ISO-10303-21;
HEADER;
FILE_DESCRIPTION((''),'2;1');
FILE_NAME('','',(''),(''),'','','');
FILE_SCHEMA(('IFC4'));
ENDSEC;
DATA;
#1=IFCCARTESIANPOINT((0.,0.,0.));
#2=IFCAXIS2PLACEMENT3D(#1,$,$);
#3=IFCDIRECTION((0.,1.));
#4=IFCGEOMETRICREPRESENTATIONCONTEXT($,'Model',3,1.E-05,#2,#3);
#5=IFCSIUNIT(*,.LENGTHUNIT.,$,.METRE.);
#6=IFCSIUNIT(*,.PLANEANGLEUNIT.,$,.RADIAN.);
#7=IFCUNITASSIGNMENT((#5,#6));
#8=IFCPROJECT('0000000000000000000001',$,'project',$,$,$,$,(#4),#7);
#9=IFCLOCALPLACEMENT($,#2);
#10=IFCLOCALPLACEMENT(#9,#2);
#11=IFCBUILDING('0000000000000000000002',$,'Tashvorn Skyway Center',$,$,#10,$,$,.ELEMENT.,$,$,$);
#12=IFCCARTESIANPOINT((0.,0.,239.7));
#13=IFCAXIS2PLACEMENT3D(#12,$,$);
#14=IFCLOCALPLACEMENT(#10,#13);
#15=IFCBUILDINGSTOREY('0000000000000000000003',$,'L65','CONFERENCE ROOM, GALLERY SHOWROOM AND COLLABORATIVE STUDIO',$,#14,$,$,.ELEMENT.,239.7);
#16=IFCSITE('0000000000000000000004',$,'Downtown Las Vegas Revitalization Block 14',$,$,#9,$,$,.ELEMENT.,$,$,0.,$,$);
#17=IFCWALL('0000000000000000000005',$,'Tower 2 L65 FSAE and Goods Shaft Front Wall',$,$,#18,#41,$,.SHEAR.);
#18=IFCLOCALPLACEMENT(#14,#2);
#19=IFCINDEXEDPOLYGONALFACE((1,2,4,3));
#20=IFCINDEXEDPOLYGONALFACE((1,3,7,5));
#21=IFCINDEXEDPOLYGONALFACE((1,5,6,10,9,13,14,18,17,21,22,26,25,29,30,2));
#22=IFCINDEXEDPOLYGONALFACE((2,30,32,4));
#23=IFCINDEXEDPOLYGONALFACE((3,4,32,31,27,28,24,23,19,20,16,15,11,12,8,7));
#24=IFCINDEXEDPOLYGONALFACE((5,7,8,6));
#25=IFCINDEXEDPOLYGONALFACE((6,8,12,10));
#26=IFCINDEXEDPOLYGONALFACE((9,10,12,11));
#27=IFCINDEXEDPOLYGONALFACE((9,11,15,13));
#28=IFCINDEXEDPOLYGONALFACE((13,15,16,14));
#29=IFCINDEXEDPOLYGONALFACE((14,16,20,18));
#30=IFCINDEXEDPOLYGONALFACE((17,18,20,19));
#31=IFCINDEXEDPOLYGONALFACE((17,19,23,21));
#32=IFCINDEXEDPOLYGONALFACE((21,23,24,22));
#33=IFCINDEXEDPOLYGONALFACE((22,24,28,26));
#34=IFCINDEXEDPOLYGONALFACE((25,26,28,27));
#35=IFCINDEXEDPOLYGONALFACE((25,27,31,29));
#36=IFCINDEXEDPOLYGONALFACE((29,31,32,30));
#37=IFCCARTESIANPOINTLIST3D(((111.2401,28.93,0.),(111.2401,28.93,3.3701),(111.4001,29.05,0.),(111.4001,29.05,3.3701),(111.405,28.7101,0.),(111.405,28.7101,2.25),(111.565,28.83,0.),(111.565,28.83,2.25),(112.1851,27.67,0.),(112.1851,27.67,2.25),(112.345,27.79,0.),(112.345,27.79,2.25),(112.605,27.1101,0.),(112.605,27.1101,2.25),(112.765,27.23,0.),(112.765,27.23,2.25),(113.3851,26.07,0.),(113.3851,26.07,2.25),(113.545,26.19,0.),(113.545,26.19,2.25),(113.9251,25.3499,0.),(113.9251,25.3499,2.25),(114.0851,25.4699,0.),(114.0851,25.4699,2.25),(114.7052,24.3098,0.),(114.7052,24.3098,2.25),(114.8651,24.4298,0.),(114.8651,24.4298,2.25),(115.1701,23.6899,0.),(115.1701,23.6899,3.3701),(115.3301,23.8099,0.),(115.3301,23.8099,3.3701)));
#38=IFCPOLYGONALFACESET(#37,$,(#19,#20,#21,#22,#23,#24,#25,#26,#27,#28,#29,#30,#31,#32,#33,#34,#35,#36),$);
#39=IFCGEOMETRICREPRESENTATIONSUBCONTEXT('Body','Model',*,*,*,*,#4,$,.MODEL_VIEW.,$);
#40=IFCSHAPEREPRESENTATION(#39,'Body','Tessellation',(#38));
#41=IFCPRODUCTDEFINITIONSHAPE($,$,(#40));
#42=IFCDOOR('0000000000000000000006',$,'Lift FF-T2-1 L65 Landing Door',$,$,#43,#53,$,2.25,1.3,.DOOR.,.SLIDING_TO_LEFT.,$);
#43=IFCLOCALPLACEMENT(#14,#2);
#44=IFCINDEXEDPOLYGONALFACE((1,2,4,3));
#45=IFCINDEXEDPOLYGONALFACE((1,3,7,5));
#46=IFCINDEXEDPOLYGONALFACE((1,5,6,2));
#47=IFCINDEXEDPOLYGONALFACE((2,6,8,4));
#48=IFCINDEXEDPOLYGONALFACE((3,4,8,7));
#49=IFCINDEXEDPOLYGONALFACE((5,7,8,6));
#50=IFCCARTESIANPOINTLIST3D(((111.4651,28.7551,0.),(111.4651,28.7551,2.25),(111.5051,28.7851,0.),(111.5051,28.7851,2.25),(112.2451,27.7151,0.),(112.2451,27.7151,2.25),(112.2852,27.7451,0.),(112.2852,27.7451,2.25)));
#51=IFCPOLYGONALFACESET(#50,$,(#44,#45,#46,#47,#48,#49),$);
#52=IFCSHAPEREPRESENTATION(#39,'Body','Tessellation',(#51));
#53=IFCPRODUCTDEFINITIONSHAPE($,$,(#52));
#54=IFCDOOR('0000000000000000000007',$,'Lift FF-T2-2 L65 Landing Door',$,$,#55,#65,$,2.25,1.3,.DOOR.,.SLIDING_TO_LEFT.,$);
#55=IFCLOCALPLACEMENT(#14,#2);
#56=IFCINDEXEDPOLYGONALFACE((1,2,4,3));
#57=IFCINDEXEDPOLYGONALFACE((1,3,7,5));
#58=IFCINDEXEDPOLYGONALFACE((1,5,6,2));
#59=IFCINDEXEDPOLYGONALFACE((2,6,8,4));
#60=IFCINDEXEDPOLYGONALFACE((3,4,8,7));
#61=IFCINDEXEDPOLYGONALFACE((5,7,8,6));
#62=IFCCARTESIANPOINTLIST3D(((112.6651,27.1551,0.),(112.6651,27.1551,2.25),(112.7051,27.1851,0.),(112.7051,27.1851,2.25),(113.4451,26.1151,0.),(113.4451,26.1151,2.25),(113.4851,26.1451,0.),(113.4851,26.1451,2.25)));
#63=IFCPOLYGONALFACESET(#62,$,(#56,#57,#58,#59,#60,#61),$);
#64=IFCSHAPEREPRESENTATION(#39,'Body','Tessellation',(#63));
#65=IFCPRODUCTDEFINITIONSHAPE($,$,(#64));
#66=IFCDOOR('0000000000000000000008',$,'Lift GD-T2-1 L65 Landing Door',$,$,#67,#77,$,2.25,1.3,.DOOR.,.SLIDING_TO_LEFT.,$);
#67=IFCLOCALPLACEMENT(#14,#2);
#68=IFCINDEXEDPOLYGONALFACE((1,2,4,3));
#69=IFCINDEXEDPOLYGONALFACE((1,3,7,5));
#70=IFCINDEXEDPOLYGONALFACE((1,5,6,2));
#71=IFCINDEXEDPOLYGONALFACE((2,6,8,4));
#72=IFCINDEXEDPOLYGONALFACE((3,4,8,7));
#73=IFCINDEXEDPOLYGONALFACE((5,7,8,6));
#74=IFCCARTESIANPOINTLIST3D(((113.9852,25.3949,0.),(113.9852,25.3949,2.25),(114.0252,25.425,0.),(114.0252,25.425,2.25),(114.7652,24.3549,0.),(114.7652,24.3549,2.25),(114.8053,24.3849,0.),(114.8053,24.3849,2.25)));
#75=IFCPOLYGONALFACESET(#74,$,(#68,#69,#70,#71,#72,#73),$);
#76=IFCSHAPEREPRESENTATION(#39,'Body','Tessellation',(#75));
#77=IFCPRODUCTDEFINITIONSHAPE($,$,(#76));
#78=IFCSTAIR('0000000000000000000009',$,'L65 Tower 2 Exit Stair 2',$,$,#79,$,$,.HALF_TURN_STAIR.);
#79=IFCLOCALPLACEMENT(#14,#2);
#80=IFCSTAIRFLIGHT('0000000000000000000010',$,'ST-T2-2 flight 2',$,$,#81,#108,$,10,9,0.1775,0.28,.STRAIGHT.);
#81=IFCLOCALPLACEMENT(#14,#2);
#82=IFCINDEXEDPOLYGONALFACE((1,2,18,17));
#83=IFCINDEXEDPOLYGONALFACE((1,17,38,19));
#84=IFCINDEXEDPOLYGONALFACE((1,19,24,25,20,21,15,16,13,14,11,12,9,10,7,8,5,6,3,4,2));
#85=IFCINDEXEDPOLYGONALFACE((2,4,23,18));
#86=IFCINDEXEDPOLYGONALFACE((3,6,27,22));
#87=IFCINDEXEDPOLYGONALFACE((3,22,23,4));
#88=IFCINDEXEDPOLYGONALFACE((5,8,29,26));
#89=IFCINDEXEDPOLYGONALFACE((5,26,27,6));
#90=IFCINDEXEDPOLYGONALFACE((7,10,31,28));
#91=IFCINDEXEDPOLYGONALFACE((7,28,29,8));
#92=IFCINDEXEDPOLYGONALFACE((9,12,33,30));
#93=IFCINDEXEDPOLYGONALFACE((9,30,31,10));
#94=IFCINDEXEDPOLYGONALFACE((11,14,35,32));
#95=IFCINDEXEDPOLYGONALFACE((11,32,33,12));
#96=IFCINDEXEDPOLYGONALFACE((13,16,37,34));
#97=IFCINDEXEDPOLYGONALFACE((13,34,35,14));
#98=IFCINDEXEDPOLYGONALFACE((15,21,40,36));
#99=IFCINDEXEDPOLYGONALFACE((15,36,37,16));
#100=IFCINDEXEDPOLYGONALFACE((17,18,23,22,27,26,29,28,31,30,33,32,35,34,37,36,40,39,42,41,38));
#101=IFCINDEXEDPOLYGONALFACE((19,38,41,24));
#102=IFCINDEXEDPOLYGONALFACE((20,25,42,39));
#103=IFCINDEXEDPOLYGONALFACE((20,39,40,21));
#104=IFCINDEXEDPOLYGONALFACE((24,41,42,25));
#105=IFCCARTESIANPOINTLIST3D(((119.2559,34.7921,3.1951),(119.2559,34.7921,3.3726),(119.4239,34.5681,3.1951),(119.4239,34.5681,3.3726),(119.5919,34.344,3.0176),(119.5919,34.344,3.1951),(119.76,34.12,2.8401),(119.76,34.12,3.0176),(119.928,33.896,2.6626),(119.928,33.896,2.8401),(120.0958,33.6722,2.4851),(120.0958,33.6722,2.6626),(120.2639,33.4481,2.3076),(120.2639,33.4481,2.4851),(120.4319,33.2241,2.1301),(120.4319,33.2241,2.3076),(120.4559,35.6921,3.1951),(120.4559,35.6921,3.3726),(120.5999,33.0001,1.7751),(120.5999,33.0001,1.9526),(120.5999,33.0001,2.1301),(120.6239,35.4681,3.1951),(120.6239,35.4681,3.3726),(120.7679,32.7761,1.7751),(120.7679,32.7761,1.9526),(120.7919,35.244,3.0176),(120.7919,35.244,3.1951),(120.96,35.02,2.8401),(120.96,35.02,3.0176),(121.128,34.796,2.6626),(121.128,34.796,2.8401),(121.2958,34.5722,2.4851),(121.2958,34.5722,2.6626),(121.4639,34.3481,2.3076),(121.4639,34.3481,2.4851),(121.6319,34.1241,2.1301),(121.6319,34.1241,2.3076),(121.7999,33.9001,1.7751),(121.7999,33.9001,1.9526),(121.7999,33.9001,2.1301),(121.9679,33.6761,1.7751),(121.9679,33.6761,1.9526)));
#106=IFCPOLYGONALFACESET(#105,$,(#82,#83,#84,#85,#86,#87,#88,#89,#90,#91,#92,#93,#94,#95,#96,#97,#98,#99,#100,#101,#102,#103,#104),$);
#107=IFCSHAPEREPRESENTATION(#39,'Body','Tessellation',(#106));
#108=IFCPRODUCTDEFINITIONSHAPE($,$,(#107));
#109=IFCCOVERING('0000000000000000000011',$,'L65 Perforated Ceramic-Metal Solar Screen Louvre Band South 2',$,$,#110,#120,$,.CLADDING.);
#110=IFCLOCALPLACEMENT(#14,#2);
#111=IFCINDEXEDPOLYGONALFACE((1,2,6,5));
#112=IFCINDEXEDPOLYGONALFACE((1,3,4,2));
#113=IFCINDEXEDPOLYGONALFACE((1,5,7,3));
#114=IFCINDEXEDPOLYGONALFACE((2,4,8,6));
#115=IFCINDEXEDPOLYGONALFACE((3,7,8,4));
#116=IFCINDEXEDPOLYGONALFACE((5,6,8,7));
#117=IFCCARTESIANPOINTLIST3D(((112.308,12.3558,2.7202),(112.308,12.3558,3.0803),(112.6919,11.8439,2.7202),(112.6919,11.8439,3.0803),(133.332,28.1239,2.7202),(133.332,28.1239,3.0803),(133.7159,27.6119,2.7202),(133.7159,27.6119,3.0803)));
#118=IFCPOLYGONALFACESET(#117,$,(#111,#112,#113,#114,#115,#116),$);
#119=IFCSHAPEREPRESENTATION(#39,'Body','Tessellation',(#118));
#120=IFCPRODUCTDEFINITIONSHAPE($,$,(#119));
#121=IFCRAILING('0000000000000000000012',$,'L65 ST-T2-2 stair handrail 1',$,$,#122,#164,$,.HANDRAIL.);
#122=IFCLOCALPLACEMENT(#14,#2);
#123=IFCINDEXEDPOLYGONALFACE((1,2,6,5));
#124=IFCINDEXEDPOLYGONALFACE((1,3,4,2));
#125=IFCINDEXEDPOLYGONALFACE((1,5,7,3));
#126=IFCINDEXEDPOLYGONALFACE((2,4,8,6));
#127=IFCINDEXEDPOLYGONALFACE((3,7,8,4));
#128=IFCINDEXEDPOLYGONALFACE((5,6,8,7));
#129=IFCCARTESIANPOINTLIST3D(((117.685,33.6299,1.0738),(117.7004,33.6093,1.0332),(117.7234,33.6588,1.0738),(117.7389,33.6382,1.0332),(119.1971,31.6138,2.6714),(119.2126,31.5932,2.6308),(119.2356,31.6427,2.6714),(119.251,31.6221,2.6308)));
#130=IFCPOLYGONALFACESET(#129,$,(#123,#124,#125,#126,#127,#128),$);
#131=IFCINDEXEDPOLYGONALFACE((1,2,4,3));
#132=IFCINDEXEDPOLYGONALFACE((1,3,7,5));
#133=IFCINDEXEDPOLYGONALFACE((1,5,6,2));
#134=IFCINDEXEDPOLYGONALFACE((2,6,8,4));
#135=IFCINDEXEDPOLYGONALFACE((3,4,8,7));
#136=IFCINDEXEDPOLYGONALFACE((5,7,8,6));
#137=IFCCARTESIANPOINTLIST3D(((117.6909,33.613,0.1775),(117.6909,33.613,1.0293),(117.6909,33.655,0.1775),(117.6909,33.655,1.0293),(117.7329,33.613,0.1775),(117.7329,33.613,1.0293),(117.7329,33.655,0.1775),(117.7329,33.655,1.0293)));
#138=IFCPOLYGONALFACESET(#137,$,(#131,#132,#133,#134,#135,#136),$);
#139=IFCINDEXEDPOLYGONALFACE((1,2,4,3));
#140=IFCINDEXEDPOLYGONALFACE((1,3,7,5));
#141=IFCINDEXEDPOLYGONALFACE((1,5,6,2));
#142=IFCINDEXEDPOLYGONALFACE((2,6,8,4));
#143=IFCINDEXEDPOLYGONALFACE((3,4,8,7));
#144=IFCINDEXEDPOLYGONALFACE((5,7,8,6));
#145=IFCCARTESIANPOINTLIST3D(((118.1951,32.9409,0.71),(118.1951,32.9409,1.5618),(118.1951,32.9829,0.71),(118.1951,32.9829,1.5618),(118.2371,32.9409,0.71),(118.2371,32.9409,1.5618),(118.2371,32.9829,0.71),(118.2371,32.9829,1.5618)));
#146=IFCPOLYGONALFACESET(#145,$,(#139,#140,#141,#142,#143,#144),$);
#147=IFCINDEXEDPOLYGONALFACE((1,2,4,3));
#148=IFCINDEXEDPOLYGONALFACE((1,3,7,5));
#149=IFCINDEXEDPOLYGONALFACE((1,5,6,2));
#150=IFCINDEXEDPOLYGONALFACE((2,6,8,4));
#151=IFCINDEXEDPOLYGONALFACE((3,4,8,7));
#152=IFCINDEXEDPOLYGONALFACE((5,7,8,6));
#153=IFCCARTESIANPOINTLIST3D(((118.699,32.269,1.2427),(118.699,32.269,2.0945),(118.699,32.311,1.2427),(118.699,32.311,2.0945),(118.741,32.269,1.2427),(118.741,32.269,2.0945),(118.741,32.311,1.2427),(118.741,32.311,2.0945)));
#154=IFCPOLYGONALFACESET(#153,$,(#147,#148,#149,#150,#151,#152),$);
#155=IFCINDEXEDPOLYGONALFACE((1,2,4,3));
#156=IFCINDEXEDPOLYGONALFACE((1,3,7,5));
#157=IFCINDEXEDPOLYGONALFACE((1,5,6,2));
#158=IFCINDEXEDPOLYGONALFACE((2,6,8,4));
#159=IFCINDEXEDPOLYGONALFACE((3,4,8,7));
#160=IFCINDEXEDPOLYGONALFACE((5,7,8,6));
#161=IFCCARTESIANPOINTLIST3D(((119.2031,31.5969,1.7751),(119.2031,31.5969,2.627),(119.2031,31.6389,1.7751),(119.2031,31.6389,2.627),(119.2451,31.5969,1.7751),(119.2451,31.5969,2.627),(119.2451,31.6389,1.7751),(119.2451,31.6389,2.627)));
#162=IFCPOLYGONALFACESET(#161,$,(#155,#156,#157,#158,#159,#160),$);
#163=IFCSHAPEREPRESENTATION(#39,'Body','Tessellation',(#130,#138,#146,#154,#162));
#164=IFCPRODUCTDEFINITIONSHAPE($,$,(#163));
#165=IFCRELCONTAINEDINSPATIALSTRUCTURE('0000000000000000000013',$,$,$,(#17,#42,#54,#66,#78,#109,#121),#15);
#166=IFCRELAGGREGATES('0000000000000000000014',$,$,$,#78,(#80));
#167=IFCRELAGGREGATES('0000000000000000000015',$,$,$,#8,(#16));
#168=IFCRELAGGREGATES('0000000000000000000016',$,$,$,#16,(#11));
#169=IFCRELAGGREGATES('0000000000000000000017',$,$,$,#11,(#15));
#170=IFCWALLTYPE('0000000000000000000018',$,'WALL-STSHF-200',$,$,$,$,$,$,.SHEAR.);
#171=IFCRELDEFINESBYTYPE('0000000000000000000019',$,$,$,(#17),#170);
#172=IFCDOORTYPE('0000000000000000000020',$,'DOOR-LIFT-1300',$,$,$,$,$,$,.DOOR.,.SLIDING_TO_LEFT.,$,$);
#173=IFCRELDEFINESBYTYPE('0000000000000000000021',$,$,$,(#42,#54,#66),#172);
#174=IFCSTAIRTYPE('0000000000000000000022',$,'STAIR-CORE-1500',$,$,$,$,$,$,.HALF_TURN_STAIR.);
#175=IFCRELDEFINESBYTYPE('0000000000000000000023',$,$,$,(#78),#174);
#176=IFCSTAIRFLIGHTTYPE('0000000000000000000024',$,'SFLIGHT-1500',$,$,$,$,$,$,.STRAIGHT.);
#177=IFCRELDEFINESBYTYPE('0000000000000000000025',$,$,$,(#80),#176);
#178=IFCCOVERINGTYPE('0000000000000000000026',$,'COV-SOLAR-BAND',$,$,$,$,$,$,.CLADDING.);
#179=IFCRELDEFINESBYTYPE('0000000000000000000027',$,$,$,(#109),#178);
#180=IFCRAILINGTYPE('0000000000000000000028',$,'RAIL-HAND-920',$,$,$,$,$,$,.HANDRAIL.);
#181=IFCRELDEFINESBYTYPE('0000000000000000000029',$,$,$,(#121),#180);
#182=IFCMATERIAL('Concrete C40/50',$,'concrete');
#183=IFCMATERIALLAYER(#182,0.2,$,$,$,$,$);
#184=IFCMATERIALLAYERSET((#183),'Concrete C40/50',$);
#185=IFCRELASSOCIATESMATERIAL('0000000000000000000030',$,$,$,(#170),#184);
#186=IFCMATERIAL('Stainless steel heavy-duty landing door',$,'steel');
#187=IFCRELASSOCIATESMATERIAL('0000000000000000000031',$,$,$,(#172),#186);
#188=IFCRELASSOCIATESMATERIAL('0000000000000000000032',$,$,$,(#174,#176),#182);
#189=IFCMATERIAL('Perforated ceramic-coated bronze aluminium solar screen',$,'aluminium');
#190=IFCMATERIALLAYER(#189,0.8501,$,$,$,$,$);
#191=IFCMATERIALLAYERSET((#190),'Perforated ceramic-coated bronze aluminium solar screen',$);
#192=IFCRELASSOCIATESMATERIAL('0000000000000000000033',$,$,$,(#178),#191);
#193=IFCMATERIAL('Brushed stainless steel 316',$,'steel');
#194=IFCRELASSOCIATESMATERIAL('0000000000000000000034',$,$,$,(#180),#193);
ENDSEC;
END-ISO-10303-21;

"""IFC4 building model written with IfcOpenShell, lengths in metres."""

from ifc_helpers import new_model, si_unit, direction, frame, frame_2d, origin, origin_2d, place, context, subcontext, project, spatial, polyline, rectangle, outline, extrude, material, layer, layer_set, type_object, element, fill, aggregate, save


model = new_model("IFC4")

# Units and contexts
model_context = context("Model", 3, precision=1e-05, world=origin(), true_north=direction((0.0, 1.0)))
body_context = subcontext(model_context, "Body", "Model", "MODEL_VIEW")
ifc_project = project(units=[si_unit("LENGTHUNIT", "METRE"), si_unit("PLANEANGLEUNIT", "RADIAN")], contexts=[model_context])

# Site, building, storey
site_placement = place(None, origin())
site = spatial("IfcSite", under=ifc_project, at=site_placement, Name="Downtown Las Vegas Revitalization Block 14", CompositionType="ELEMENT", RefElevation=0.0)
building_placement = place(site_placement, origin())
building = spatial("IfcBuilding", under=site, at=building_placement, Name="Tashvorn Skyway Center", CompositionType="ELEMENT")
storey_placement = place(building_placement, frame((0.0, 0.0, 239.7)))
storey = spatial("IfcBuildingStorey", under=building, at=storey_placement, Name="L65", Description="CONFERENCE ROOM, GALLERY SHOWROOM AND COLLABORATIVE STUDIO", CompositionType="ELEMENT", Elevation=239.7)

# Shared definitions
ifc_material_1 = material(Name="Concrete C40/50", Category="concrete")

# Shared definitions
ifc_layer_1 = layer(ifc_material_1, 0.2)
ifc_layer_set_1 = layer_set([ifc_layer_1], Name="Concrete C40/50")
wall_type_1 = type_object("IfcWallType", Name="WALL-STSHF-200", PredefinedType="SHEAR", material=ifc_layer_set_1)

# Wall, openings, doors
wall_1_placement = place(storey_placement, frame((115.25, 23.75, 0.0), z_axis=(0.0, 0.0, 1.0), x_axis=(-0.599994, 0.800004, 0.0)))
wall_1 = element("IfcWall", 1, at=wall_1_placement, inside=storey, type_object=wall_type_1, Name="Tower 2 L65 FSAE and Goods Shaft Front Wall", PredefinedType="SHEAR", context=body_context, shape_type="SweptSolid", body=[
    extrude(rectangle(XDim=6.55, YDim=0.2, at=frame_2d((3.2749, 0.0))), origin(), (0.0, 0.0, 1.0), 3.3701),
])
opening_1_placement = place(wall_1_placement, frame((4.9751, 0.0, 0.0)))
opening_1 = element("IfcOpeningElement", 2, at=opening_1_placement, cuts=wall_1, PredefinedType="OPENING", context=body_context, shape_type="SweptSolid", body=[
    extrude(rectangle(XDim=1.3, YDim=2.25, at=frame_2d((0.6499, 1.125))), frame((0.0, 0.1099, 0.0), z_axis=(0.0, -1.0, 0.0), x_axis=(1.0, 0.0, 0.0)), (0.0, 0.0, 1.0), 0.22),
])
opening_2_placement = place(wall_1_placement, frame((2.9751, 0.0, 0.0)))
opening_2 = element("IfcOpeningElement", 3, at=opening_2_placement, cuts=wall_1, PredefinedType="OPENING", context=body_context, shape_type="SweptSolid", body=[
    extrude(rectangle(XDim=1.3, YDim=2.25, at=frame_2d((0.6499, 1.125))), frame((0.0, 0.1099, 0.0), z_axis=(0.0, -1.0, 0.0), x_axis=(1.0, 0.0, 0.0)), (0.0, 0.0, 1.0), 0.22),
])
opening_3_placement = place(wall_1_placement, frame((0.7749, 0.0, 0.0)))
opening_3 = element("IfcOpeningElement", 4, at=opening_3_placement, cuts=wall_1, PredefinedType="OPENING", context=body_context, shape_type="SweptSolid", body=[
    extrude(rectangle(XDim=1.3, YDim=2.25, at=frame_2d((0.6499, 1.125))), frame((0.0, 0.1099, 0.0), z_axis=(0.0, -1.0, 0.0), x_axis=(1.0, 0.0, 0.0)), (0.0, 0.0, 1.0), 0.22),
])
ifc_material_2 = material(Name="Stainless steel heavy-duty landing door", Category="steel")
door_type_1 = type_object("IfcDoorType", Name="DOOR-LIFT-1300", OperationType="SLIDING_TO_LEFT", PredefinedType="DOOR", material=ifc_material_2)
door_1_placement = place(opening_1_placement, origin())
door_1 = element("IfcDoor", 5, at=door_1_placement, inside=storey, type_object=door_type_1, Name="Lift FF-T2-1 L65 Landing Door", OperationType="SLIDING_TO_LEFT", OverallHeight=2.25, OverallWidth=1.3, PredefinedType="DOOR", context=body_context, shape_type="SweptSolid", body=[
    extrude(rectangle(XDim=1.3, YDim=2.25, at=frame_2d((0.6499, 1.125))), frame((0.0, 0.0249, 0.0), z_axis=(0.0, -1.0, 0.0), x_axis=(1.0, 0.0, 0.0)), (0.0, 0.0, 1.0), 0.05),
])
fill(opening_1, door_1)
door_2_placement = place(opening_2_placement, origin())
door_2 = element("IfcDoor", 6, at=door_2_placement, inside=storey, type_object=door_type_1, Name="Lift FF-T2-2 L65 Landing Door", OperationType="SLIDING_TO_LEFT", OverallHeight=2.25, OverallWidth=1.3, PredefinedType="DOOR", context=body_context, shape_type="SweptSolid", body=[
    extrude(rectangle(XDim=1.3, YDim=2.25, at=frame_2d((0.6499, 1.125))), frame((0.0, 0.0249, 0.0), z_axis=(0.0, -1.0, 0.0), x_axis=(1.0, 0.0, 0.0)), (0.0, 0.0, 1.0), 0.05),
])
fill(opening_2, door_2)
door_3_placement = place(opening_3_placement, origin())
door_3 = element("IfcDoor", 7, at=door_3_placement, inside=storey, type_object=door_type_1, Name="Lift GD-T2-1 L65 Landing Door", OperationType="SLIDING_TO_LEFT", OverallHeight=2.25, OverallWidth=1.3, PredefinedType="DOOR", context=body_context, shape_type="SweptSolid", body=[
    extrude(rectangle(XDim=1.3, YDim=2.25, at=frame_2d((0.6499, 1.125))), frame((0.0, 0.0249, 0.0), z_axis=(0.0, -1.0, 0.0), x_axis=(1.0, 0.0, 0.0)), (0.0, 0.0, 1.0), 0.05),
])
fill(opening_3, door_3)

# Stair, stair flight
stair_type = type_object("IfcStairType", Name="STAIR-CORE-1500", PredefinedType="HALF_TURN_STAIR", material=ifc_material_1)
stair_placement = place(storey_placement, origin())
stair = element("IfcStair", 8, at=stair_placement, inside=storey, type_object=stair_type, Name="L65 Tower 2 Exit Stair 2", PredefinedType="HALF_TURN_STAIR")
stair_flight_type = type_object("IfcStairFlightType", Name="SFLIGHT-1500", PredefinedType="STRAIGHT", material=ifc_material_1)
stair_flight_placement = place(storey_placement, frame((121.3679, 33.2261, 1.7751), z_axis=(0.0, 0.0, 1.0), x_axis=(-0.6, 0.8, 0.0)))
stair_flight = element("IfcStairFlight", 9, at=stair_flight_placement, type_object=stair_flight_type, Name="ST-T2-2 flight 2", NumberOfRisers=10, NumberOfTreads=9, PredefinedType="STRAIGHT", RiserHeight=0.1775, TreadLength=0.28, context=body_context, shape_type="SweptSolid", body=[
    extrude(outline(polyline([(0.0, 0.0), (0.0, 0.1775), (0.28, 0.1775), (0.28, 0.355), (0.5601, 0.355), (0.5601, 0.5325), (0.8401, 0.5325), (0.8401, 0.71), (1.1201, 0.71), (1.1201, 0.8875), (1.3999, 0.8875), (1.3999, 1.0649), (1.6799, 1.0649), (1.6799, 1.2424), (1.96, 1.2424), (1.96, 1.4199), (2.24, 1.4199), (2.24, 1.5974), (2.52, 1.5974), (2.52, 1.7749), (2.52, 1.4199), (0.28, 0.0), (0.0, 0.0)])), frame((0.0, 0.75, 0.0), z_axis=(0.0, -1.0, 0.0), x_axis=(1.0, 0.0, 0.0)), (0.0, 0.0, 1.0), 1.5),
])
aggregate(stair, [stair_flight])

# Covering
ifc_material_3 = material(Name="Perforated ceramic-coated bronze aluminium solar screen", Category="aluminium")
ifc_layer_2 = layer(ifc_material_3, 0.8501)
ifc_layer_set_2 = layer_set([ifc_layer_2], Name="Perforated ceramic-coated bronze aluminium solar screen")
covering_type = type_object("IfcCoveringType", Name="COV-SOLAR-BAND", PredefinedType="CLADDING", material=ifc_layer_set_2)
covering_placement = place(storey_placement, frame((123.012, 19.9839, 2.7202), z_axis=(0.0, 0.0, 1.0), x_axis=(-0.8, -0.6, 0.0)))
element("IfcCovering", 10, at=covering_placement, inside=storey, type_object=covering_type, Name="L65 Perforated Ceramic-Metal Solar Screen Louvre Band South 2", PredefinedType="CLADDING", context=body_context, shape_type="SweptSolid", body=[
    extrude(rectangle(XDim=26.28, YDim=0.6399, at=origin_2d()), origin(), (0.0, 0.0, 1.0), 0.3601),
])

# Railing
ifc_material_4 = material(Name="Brushed stainless steel 316", Category="steel")
railing_type_1 = type_object("IfcRailingType", Name="RAIL-HAND-920", PredefinedType="HANDRAIL", material=ifc_material_4)
railing_1_placement = place(storey_placement, frame((117.7119, 33.634, 0.1775)))
element("IfcRailing", 11, at=railing_1_placement, inside=storey, type_object=railing_type_1, Name="L65 ST-T2-2 stair handrail 1", PredefinedType="HANDRAIL", context=body_context, shape_type="SweptSolid", body=[
    extrude(rectangle(XDim=0.0481, YDim=0.0481, at=origin_2d()), frame((0.0, 0.0, 0.876), z_axis=(0.506779, -0.675651, 0.535416), x_axis=(0.799977, 0.600031, 0.0)), (0.0, 0.0, 1.0), 2.9839),
    extrude(rectangle(XDim=0.042, YDim=0.042, at=origin_2d()), origin(), (0.0, 0.0, 1.0), 0.8518),
    extrude(rectangle(XDim=0.042, YDim=0.042, at=origin_2d()), frame((0.5042, -0.6721, 0.5325)), (0.0, 0.0, 1.0), 0.8518),
    extrude(rectangle(XDim=0.042, YDim=0.042, at=origin_2d()), frame((1.0081, -1.344, 1.0652)), (0.0, 0.0, 1.0), 0.8518),
    extrude(rectangle(XDim=0.042, YDim=0.042, at=origin_2d()), frame((1.5122, -2.0161, 1.5977)), (0.0, 0.0, 1.0), 0.8518),
])

save(model, "model.ifc")
